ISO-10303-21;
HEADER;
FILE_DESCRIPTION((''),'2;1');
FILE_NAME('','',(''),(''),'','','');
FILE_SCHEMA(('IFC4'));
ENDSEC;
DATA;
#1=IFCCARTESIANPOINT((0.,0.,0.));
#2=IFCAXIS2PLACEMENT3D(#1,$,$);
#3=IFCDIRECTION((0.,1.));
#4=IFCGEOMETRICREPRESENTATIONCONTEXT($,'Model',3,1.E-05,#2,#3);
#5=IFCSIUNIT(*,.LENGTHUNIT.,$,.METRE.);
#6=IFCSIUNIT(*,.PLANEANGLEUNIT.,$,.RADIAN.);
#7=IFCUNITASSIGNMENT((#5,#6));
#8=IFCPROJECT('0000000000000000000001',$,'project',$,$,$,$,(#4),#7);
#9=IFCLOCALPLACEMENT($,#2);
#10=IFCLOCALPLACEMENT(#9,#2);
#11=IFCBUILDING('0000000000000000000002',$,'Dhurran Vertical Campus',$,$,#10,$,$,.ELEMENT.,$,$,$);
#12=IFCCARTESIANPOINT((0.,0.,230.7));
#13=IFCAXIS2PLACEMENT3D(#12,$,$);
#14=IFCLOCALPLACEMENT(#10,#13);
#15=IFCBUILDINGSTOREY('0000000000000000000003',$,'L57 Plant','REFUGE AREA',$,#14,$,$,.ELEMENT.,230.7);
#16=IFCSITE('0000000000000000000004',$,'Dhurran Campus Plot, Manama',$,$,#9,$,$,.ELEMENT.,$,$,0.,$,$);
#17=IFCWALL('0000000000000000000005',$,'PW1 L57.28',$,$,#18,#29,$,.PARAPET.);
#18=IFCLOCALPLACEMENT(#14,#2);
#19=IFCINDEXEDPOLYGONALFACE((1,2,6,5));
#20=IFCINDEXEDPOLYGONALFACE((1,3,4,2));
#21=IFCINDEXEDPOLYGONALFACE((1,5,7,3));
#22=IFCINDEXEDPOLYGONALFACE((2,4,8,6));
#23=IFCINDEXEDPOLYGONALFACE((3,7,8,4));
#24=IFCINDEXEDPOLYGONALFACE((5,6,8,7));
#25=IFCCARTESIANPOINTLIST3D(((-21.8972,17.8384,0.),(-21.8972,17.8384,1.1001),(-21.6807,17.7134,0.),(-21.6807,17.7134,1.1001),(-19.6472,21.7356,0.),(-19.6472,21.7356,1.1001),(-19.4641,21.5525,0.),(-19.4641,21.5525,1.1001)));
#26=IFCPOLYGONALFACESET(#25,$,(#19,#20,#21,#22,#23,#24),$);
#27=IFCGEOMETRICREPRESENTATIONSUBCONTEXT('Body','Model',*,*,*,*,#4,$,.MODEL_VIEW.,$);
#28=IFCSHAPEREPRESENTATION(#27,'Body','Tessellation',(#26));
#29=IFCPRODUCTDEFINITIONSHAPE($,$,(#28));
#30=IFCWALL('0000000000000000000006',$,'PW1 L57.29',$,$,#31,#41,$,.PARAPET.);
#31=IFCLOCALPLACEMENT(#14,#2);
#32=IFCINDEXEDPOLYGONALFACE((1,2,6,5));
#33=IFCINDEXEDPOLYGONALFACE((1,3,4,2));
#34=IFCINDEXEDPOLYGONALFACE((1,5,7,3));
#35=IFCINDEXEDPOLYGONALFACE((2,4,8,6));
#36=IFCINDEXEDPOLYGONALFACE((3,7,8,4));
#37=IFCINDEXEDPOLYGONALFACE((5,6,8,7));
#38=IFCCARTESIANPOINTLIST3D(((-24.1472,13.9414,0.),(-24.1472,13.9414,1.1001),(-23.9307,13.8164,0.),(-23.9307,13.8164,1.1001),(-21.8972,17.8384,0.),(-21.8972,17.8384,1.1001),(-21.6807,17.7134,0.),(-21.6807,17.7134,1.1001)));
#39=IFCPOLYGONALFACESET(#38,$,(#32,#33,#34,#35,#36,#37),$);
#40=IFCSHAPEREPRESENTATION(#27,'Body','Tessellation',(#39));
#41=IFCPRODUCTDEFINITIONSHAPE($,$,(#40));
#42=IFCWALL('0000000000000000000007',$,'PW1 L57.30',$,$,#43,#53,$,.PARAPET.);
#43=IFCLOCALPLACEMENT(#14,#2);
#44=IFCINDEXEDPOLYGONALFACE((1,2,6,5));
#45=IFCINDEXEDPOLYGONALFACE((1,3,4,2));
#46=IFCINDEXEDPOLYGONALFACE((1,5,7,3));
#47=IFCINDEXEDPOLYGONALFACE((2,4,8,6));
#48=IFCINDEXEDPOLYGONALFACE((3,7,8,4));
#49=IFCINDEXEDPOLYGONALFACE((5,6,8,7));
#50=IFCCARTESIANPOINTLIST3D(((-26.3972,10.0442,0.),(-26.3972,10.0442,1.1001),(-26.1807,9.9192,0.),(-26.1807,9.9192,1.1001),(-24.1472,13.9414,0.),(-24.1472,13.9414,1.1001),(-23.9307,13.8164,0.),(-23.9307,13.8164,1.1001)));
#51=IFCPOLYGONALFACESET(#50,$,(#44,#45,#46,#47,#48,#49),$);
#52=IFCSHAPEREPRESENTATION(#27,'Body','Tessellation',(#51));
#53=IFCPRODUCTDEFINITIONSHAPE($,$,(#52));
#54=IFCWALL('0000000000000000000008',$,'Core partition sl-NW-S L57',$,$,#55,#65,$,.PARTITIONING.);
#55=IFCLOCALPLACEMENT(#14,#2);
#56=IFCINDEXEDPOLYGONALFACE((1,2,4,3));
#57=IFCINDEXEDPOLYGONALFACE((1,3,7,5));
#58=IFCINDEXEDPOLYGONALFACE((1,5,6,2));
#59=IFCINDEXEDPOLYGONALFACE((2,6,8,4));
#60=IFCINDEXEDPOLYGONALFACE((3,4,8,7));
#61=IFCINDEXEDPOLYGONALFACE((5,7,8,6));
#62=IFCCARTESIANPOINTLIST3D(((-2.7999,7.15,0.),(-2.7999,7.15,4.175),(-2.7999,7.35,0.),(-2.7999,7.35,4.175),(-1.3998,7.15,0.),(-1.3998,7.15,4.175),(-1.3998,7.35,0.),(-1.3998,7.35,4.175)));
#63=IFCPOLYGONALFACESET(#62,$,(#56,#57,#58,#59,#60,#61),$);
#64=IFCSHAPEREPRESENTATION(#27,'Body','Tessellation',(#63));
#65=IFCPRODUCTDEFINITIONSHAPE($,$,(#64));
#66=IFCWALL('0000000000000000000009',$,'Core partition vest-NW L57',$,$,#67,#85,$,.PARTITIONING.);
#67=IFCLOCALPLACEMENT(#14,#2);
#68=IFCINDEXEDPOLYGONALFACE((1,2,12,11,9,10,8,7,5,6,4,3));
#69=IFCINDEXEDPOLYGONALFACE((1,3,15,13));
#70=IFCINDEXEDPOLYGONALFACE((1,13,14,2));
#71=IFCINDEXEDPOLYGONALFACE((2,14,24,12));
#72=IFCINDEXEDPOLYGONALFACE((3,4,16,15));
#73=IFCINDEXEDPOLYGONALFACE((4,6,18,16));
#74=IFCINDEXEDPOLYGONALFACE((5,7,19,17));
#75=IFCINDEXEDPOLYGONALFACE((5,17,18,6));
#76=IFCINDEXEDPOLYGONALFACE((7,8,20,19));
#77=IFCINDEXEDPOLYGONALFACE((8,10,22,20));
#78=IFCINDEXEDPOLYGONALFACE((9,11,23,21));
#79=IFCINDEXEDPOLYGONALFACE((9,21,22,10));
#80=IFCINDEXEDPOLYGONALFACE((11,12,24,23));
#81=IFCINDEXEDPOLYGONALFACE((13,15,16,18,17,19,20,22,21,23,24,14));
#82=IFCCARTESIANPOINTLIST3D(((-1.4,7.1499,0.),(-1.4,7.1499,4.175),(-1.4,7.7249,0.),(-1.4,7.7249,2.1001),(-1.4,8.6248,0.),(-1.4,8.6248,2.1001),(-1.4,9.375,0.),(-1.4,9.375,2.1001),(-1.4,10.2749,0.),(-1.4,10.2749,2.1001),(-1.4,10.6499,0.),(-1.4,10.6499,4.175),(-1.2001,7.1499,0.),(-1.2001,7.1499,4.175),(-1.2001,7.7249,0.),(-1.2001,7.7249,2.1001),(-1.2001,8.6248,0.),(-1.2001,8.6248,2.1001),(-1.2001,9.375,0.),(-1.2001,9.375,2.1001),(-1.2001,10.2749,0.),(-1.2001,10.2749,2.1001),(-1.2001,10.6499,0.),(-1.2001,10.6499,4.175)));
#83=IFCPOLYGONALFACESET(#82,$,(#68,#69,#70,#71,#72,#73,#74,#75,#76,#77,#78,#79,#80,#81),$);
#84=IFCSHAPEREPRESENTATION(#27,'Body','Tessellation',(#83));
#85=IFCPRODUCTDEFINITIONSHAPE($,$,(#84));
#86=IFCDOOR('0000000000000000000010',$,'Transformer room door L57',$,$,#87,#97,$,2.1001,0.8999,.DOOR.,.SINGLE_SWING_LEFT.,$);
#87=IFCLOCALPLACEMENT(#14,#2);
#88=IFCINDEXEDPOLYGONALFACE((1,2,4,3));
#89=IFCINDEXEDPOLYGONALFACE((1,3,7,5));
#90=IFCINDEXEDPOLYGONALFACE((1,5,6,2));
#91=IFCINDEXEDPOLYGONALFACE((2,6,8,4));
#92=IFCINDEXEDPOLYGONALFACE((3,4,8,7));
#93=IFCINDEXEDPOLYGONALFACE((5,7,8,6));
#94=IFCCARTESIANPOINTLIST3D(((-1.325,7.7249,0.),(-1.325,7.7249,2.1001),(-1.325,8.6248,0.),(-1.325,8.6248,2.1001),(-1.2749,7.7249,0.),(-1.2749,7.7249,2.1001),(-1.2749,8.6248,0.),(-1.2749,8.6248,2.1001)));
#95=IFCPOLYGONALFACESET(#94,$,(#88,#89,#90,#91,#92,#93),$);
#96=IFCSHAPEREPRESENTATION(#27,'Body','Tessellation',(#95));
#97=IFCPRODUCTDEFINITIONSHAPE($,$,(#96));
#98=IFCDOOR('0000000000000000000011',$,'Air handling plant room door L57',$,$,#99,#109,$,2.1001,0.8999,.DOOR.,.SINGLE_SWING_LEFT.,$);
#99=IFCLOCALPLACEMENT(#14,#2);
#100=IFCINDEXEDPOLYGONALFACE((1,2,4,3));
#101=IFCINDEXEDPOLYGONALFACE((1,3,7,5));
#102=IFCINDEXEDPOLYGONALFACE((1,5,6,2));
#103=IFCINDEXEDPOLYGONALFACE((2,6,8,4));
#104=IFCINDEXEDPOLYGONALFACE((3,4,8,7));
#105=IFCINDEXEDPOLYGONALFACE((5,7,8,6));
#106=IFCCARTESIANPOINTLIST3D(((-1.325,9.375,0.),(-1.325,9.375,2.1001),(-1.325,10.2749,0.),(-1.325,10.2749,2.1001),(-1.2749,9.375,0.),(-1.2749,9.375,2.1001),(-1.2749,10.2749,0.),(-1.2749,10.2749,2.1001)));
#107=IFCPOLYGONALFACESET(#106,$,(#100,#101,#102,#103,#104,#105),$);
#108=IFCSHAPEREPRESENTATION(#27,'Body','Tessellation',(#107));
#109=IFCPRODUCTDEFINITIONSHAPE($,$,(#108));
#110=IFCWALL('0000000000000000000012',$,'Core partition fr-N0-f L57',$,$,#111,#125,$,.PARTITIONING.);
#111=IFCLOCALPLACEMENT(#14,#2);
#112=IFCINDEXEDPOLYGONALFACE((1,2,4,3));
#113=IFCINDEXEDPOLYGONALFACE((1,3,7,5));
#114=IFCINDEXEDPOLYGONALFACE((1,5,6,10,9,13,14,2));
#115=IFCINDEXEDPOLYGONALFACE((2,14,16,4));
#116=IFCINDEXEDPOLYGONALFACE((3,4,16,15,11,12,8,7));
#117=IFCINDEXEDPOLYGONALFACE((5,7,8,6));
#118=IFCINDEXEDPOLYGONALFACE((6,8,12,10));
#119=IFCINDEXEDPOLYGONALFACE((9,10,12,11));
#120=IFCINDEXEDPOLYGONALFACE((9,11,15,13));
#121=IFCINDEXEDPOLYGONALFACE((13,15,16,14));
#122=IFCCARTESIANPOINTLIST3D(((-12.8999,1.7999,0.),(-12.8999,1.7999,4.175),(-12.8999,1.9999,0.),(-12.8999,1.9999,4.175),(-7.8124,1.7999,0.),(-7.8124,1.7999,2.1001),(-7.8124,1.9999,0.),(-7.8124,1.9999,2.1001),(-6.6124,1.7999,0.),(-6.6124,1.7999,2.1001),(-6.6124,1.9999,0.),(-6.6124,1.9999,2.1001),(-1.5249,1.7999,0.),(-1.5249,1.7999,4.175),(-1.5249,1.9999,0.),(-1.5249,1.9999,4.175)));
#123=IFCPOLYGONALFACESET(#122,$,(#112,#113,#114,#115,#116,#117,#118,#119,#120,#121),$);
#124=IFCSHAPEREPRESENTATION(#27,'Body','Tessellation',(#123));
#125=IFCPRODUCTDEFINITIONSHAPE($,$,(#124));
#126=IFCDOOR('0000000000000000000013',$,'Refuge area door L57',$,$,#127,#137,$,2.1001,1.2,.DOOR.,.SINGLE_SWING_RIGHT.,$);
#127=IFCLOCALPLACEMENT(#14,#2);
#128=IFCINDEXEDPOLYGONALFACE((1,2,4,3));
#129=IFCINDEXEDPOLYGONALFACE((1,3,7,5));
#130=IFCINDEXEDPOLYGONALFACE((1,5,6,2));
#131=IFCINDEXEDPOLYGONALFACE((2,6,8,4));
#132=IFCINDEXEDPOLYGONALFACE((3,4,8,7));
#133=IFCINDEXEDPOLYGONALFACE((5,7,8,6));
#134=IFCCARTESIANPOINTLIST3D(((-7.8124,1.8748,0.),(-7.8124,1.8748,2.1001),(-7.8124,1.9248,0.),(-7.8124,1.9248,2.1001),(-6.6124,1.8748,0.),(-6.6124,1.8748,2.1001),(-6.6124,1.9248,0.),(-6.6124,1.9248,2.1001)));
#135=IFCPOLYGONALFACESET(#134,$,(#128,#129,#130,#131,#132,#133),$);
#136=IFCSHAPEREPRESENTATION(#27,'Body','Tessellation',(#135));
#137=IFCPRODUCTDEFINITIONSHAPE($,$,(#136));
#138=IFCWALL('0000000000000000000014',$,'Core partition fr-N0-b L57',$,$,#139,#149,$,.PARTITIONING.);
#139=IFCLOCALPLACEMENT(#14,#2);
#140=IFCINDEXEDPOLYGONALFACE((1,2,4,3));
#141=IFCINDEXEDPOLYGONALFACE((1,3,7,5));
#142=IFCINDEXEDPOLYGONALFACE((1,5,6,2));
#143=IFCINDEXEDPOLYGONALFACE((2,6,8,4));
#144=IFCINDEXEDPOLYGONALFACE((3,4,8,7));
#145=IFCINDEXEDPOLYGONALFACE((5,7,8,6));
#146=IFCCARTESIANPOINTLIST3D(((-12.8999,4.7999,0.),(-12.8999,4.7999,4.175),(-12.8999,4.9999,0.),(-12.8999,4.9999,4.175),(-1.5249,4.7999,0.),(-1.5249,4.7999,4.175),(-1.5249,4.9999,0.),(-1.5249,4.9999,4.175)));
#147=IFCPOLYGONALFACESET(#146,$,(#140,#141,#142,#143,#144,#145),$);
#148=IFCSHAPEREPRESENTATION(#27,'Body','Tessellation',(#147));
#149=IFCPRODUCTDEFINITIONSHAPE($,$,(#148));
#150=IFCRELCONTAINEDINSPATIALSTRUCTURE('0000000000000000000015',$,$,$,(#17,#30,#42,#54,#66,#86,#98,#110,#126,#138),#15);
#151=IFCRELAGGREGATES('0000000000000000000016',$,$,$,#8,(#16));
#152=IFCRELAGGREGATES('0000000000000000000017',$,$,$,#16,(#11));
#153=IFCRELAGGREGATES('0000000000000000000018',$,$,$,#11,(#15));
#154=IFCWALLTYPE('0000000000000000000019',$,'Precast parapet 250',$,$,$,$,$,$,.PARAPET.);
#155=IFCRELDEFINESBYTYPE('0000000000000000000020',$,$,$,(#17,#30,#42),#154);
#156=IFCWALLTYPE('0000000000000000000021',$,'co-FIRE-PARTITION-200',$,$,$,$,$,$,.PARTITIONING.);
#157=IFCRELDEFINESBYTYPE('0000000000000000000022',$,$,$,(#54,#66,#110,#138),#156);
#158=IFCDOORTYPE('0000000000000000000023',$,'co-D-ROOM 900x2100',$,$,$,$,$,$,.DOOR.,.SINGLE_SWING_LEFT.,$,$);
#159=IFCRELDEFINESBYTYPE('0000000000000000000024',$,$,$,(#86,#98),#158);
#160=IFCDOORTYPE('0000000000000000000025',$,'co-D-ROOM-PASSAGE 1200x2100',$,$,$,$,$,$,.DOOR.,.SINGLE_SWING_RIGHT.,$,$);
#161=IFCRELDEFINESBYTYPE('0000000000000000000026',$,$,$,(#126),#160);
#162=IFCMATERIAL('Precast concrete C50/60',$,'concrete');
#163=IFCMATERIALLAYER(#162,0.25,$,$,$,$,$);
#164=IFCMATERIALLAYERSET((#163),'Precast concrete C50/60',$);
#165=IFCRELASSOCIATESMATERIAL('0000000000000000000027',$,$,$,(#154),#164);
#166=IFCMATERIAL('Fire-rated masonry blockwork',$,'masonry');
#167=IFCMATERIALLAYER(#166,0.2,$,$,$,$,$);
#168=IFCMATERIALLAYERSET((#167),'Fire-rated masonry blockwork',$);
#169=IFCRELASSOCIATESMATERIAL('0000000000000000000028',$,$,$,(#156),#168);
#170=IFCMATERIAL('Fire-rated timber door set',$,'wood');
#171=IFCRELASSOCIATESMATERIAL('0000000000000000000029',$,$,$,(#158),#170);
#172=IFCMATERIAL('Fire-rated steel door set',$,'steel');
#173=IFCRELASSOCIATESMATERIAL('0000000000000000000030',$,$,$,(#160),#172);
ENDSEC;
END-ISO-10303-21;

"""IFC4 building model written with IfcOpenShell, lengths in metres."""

from ifc_helpers import new_model, si_unit, direction, frame, frame_2d, origin, place, context, subcontext, project, spatial, polyline, rectangle, outline, extrude, material, layer, layer_set, type_object, element, fill, save


model = new_model("IFC4")

# Units and contexts
model_context = context("Model", 3, precision=1e-05, world=origin(), true_north=direction((0.0, 1.0)))
body_context = subcontext(model_context, "Body", "Model", "MODEL_VIEW")
ifc_project = project(units=[si_unit("LENGTHUNIT", "METRE"), si_unit("PLANEANGLEUNIT", "RADIAN")], contexts=[model_context])

# Site, building, storey
site_placement = place(None, origin())
site = spatial("IfcSite", under=ifc_project, at=site_placement, Name="Dhurran Campus Plot, Manama", CompositionType="ELEMENT", RefElevation=0.0)
building_placement = place(site_placement, origin())
building = spatial("IfcBuilding", under=site, at=building_placement, Name="Dhurran Vertical Campus", CompositionType="ELEMENT")
storey_placement = place(building_placement, frame((0.0, 0.0, 230.7)))
storey = spatial("IfcBuildingStorey", under=building, at=storey_placement, Name="L57 Plant", Description="REFUGE AREA", CompositionType="ELEMENT", Elevation=230.7)

# Walls
ifc_material_1 = material(Name="Precast concrete C50/60", Category="concrete")
ifc_layer_1 = layer(ifc_material_1, 0.25)
ifc_layer_set_1 = layer_set([ifc_layer_1], Name="Precast concrete C50/60")
wall_type_1 = type_object("IfcWallType", Name="Precast parapet 250", PredefinedType="PARAPET", material=ifc_layer_set_1)
wall_1_placement = place(storey_placement, origin())
element("IfcWall", 1, at=wall_1_placement, inside=storey, type_object=wall_type_1, Name="PW1 L57.28", PredefinedType="PARAPET", context=body_context, shape_type="SweptSolid", body=[
    extrude(outline(polyline([(-19.6472, 21.7356), (-21.8972, 17.8384), (-21.6807, 17.7134), (-19.4641, 21.5525), (-19.6472, 21.7356)])), origin(), (0.0, 0.0, 1.0), 1.1001),
])
wall_2_placement = place(storey_placement, origin())
element("IfcWall", 2, at=wall_2_placement, inside=storey, type_object=wall_type_1, Name="PW1 L57.29", PredefinedType="PARAPET", context=body_context, shape_type="SweptSolid", body=[
    extrude(outline(polyline([(-21.8972, 17.8384), (-24.1472, 13.9414), (-23.9307, 13.8164), (-21.6807, 17.7134), (-21.8972, 17.8384)])), origin(), (0.0, 0.0, 1.0), 1.1001),
])
wall_3_placement = place(storey_placement, origin())
element("IfcWall", 3, at=wall_3_placement, inside=storey, type_object=wall_type_1, Name="PW1 L57.30", PredefinedType="PARAPET", context=body_context, shape_type="SweptSolid", body=[
    extrude(outline(polyline([(-24.1472, 13.9414), (-26.3972, 10.0442), (-26.1807, 9.9192), (-23.9307, 13.8164), (-24.1472, 13.9414)])), origin(), (0.0, 0.0, 1.0), 1.1001),
])
ifc_material_2 = material(Name="Fire-rated masonry blockwork", Category="masonry")
ifc_layer_2 = layer(ifc_material_2, 0.2)
ifc_layer_set_2 = layer_set([ifc_layer_2], Name="Fire-rated masonry blockwork")
wall_type_2 = type_object("IfcWallType", Name="co-FIRE-PARTITION-200", PredefinedType="PARTITIONING", material=ifc_layer_set_2)
wall_4_placement = place(storey_placement, frame((-2.8, 7.25, 0.0), z_axis=(0.0, 0.0, 1.0), x_axis=(1.0, 0.0, 0.0)))
element("IfcWall", 4, at=wall_4_placement, inside=storey, type_object=wall_type_2, Name="Core partition sl-NW-S L57", PredefinedType="PARTITIONING", context=body_context, shape_type="SweptSolid", body=[
    extrude(rectangle(XDim=1.4001, YDim=0.2, at=frame_2d((0.7002, 0.0))), origin(), (0.0, 0.0, 1.0), 4.175),
])

# Wall, openings, doors
wall_5_placement = place(storey_placement, frame((-1.3, 7.1499, 0.0), z_axis=(0.0, 0.0, 1.0), x_axis=(0.0, 1.0, 0.0)))
wall_5 = element("IfcWall", 5, at=wall_5_placement, inside=storey, type_object=wall_type_2, Name="Core partition vest-NW L57", PredefinedType="PARTITIONING", context=body_context, shape_type="SweptSolid", body=[
    extrude(rectangle(XDim=3.5, YDim=0.2, at=frame_2d((1.75, 0.0))), origin(), (0.0, 0.0, 1.0), 4.175),
])
opening_1_placement = place(wall_5_placement, frame((0.575, 0.0, 0.0)))
opening_1 = element("IfcOpeningElement", 6, at=opening_1_placement, cuts=wall_5, PredefinedType="OPENING", context=body_context, shape_type="SweptSolid", body=[
    extrude(rectangle(XDim=0.8999, YDim=2.1001, at=frame_2d((0.45, 1.05))), frame((0.0, 0.1099, 0.0), z_axis=(0.0, -1.0, 0.0), x_axis=(1.0, 0.0, 0.0)), (0.0, 0.0, 1.0), 0.22),
])
opening_2_placement = place(wall_5_placement, frame((2.2251, 0.0, 0.0)))
opening_2 = element("IfcOpeningElement", 7, at=opening_2_placement, cuts=wall_5, PredefinedType="OPENING", context=body_context, shape_type="SweptSolid", body=[
    extrude(rectangle(XDim=0.8999, YDim=2.1001, at=frame_2d((0.45, 1.05))), frame((0.0, 0.1099, 0.0), z_axis=(0.0, -1.0, 0.0), x_axis=(1.0, 0.0, 0.0)), (0.0, 0.0, 1.0), 0.22),
])
ifc_material_3 = material(Name="Fire-rated timber door set", Category="wood")
door_type_1 = type_object("IfcDoorType", Name="co-D-ROOM 900x2100", OperationType="SINGLE_SWING_LEFT", PredefinedType="DOOR", material=ifc_material_3)
door_1_placement = place(opening_1_placement, origin())
door_1 = element("IfcDoor", 8, at=door_1_placement, inside=storey, type_object=door_type_1, Name="Transformer room door L57", OperationType="SINGLE_SWING_LEFT", OverallHeight=2.1001, OverallWidth=0.8999, PredefinedType="DOOR", context=body_context, shape_type="SweptSolid", body=[
    extrude(rectangle(XDim=0.8999, YDim=2.1001, at=frame_2d((0.45, 1.05))), frame((0.0, 0.0249, 0.0), z_axis=(0.0, -1.0, 0.0), x_axis=(1.0, 0.0, 0.0)), (0.0, 0.0, 1.0), 0.05),
])
fill(opening_1, door_1)
door_2_placement = place(opening_2_placement, origin())
door_2 = element("IfcDoor", 9, at=door_2_placement, inside=storey, type_object=door_type_1, Name="Air handling plant room door L57", OperationType="SINGLE_SWING_LEFT", OverallHeight=2.1001, OverallWidth=0.8999, PredefinedType="DOOR", context=body_context, shape_type="SweptSolid", body=[
    extrude(rectangle(XDim=0.8999, YDim=2.1001, at=frame_2d((0.45, 1.05))), frame((0.0, 0.0249, 0.0), z_axis=(0.0, -1.0, 0.0), x_axis=(1.0, 0.0, 0.0)), (0.0, 0.0, 1.0), 0.05),
])
fill(opening_2, door_2)

# Wall, opening, door
wall_6_placement = place(storey_placement, frame((-12.8999, 1.8999, 0.0), z_axis=(0.0, 0.0, 1.0), x_axis=(1.0, 0.0, 0.0)))
wall_6 = element("IfcWall", 10, at=wall_6_placement, inside=storey, type_object=wall_type_2, Name="Core partition fr-N0-f L57", PredefinedType="PARTITIONING", context=body_context, shape_type="SweptSolid", body=[
    extrude(rectangle(XDim=11.375, YDim=0.2, at=frame_2d((5.6875, 0.0))), origin(), (0.0, 0.0, 1.0), 4.175),
])
opening_3_placement = place(wall_6_placement, frame((5.0874, 0.0, 0.0)))
opening_3 = element("IfcOpeningElement", 11, at=opening_3_placement, cuts=wall_6, PredefinedType="OPENING", context=body_context, shape_type="SweptSolid", body=[
    extrude(rectangle(XDim=1.2, YDim=2.1001, at=frame_2d((0.6001, 1.05))), frame((0.0, 0.1099, 0.0), z_axis=(0.0, -1.0, 0.0), x_axis=(1.0, 0.0, 0.0)), (0.0, 0.0, 1.0), 0.22),
])
ifc_material_4 = material(Name="Fire-rated steel door set", Category="steel")
door_type_2 = type_object("IfcDoorType", Name="co-D-ROOM-PASSAGE 1200x2100", OperationType="SINGLE_SWING_RIGHT", PredefinedType="DOOR", material=ifc_material_4)
door_3_placement = place(opening_3_placement, origin())
door_3 = element("IfcDoor", 12, at=door_3_placement, inside=storey, type_object=door_type_2, Name="Refuge area door L57", OperationType="SINGLE_SWING_RIGHT", OverallHeight=2.1001, OverallWidth=1.2, PredefinedType="DOOR", context=body_context, shape_type="SweptSolid", body=[
    extrude(rectangle(XDim=1.2, YDim=2.1001, at=frame_2d((0.6001, 1.05))), frame((0.0, 0.0249, 0.0), z_axis=(0.0, -1.0, 0.0), x_axis=(1.0, 0.0, 0.0)), (0.0, 0.0, 1.0), 0.05),
])
fill(opening_3, door_3)

# Wall
wall_7_placement = place(storey_placement, frame((-12.8999, 4.8999, 0.0), z_axis=(0.0, 0.0, 1.0), x_axis=(1.0, 0.0, 0.0)))
element("IfcWall", 13, at=wall_7_placement, inside=storey, type_object=wall_type_2, Name="Core partition fr-N0-b L57", PredefinedType="PARTITIONING", context=body_context, shape_type="SweptSolid", body=[
    extrude(rectangle(XDim=11.375, YDim=0.2, at=frame_2d((5.6875, 0.0))), origin(), (0.0, 0.0, 1.0), 4.175),
])

save(model, "model.ifc")
